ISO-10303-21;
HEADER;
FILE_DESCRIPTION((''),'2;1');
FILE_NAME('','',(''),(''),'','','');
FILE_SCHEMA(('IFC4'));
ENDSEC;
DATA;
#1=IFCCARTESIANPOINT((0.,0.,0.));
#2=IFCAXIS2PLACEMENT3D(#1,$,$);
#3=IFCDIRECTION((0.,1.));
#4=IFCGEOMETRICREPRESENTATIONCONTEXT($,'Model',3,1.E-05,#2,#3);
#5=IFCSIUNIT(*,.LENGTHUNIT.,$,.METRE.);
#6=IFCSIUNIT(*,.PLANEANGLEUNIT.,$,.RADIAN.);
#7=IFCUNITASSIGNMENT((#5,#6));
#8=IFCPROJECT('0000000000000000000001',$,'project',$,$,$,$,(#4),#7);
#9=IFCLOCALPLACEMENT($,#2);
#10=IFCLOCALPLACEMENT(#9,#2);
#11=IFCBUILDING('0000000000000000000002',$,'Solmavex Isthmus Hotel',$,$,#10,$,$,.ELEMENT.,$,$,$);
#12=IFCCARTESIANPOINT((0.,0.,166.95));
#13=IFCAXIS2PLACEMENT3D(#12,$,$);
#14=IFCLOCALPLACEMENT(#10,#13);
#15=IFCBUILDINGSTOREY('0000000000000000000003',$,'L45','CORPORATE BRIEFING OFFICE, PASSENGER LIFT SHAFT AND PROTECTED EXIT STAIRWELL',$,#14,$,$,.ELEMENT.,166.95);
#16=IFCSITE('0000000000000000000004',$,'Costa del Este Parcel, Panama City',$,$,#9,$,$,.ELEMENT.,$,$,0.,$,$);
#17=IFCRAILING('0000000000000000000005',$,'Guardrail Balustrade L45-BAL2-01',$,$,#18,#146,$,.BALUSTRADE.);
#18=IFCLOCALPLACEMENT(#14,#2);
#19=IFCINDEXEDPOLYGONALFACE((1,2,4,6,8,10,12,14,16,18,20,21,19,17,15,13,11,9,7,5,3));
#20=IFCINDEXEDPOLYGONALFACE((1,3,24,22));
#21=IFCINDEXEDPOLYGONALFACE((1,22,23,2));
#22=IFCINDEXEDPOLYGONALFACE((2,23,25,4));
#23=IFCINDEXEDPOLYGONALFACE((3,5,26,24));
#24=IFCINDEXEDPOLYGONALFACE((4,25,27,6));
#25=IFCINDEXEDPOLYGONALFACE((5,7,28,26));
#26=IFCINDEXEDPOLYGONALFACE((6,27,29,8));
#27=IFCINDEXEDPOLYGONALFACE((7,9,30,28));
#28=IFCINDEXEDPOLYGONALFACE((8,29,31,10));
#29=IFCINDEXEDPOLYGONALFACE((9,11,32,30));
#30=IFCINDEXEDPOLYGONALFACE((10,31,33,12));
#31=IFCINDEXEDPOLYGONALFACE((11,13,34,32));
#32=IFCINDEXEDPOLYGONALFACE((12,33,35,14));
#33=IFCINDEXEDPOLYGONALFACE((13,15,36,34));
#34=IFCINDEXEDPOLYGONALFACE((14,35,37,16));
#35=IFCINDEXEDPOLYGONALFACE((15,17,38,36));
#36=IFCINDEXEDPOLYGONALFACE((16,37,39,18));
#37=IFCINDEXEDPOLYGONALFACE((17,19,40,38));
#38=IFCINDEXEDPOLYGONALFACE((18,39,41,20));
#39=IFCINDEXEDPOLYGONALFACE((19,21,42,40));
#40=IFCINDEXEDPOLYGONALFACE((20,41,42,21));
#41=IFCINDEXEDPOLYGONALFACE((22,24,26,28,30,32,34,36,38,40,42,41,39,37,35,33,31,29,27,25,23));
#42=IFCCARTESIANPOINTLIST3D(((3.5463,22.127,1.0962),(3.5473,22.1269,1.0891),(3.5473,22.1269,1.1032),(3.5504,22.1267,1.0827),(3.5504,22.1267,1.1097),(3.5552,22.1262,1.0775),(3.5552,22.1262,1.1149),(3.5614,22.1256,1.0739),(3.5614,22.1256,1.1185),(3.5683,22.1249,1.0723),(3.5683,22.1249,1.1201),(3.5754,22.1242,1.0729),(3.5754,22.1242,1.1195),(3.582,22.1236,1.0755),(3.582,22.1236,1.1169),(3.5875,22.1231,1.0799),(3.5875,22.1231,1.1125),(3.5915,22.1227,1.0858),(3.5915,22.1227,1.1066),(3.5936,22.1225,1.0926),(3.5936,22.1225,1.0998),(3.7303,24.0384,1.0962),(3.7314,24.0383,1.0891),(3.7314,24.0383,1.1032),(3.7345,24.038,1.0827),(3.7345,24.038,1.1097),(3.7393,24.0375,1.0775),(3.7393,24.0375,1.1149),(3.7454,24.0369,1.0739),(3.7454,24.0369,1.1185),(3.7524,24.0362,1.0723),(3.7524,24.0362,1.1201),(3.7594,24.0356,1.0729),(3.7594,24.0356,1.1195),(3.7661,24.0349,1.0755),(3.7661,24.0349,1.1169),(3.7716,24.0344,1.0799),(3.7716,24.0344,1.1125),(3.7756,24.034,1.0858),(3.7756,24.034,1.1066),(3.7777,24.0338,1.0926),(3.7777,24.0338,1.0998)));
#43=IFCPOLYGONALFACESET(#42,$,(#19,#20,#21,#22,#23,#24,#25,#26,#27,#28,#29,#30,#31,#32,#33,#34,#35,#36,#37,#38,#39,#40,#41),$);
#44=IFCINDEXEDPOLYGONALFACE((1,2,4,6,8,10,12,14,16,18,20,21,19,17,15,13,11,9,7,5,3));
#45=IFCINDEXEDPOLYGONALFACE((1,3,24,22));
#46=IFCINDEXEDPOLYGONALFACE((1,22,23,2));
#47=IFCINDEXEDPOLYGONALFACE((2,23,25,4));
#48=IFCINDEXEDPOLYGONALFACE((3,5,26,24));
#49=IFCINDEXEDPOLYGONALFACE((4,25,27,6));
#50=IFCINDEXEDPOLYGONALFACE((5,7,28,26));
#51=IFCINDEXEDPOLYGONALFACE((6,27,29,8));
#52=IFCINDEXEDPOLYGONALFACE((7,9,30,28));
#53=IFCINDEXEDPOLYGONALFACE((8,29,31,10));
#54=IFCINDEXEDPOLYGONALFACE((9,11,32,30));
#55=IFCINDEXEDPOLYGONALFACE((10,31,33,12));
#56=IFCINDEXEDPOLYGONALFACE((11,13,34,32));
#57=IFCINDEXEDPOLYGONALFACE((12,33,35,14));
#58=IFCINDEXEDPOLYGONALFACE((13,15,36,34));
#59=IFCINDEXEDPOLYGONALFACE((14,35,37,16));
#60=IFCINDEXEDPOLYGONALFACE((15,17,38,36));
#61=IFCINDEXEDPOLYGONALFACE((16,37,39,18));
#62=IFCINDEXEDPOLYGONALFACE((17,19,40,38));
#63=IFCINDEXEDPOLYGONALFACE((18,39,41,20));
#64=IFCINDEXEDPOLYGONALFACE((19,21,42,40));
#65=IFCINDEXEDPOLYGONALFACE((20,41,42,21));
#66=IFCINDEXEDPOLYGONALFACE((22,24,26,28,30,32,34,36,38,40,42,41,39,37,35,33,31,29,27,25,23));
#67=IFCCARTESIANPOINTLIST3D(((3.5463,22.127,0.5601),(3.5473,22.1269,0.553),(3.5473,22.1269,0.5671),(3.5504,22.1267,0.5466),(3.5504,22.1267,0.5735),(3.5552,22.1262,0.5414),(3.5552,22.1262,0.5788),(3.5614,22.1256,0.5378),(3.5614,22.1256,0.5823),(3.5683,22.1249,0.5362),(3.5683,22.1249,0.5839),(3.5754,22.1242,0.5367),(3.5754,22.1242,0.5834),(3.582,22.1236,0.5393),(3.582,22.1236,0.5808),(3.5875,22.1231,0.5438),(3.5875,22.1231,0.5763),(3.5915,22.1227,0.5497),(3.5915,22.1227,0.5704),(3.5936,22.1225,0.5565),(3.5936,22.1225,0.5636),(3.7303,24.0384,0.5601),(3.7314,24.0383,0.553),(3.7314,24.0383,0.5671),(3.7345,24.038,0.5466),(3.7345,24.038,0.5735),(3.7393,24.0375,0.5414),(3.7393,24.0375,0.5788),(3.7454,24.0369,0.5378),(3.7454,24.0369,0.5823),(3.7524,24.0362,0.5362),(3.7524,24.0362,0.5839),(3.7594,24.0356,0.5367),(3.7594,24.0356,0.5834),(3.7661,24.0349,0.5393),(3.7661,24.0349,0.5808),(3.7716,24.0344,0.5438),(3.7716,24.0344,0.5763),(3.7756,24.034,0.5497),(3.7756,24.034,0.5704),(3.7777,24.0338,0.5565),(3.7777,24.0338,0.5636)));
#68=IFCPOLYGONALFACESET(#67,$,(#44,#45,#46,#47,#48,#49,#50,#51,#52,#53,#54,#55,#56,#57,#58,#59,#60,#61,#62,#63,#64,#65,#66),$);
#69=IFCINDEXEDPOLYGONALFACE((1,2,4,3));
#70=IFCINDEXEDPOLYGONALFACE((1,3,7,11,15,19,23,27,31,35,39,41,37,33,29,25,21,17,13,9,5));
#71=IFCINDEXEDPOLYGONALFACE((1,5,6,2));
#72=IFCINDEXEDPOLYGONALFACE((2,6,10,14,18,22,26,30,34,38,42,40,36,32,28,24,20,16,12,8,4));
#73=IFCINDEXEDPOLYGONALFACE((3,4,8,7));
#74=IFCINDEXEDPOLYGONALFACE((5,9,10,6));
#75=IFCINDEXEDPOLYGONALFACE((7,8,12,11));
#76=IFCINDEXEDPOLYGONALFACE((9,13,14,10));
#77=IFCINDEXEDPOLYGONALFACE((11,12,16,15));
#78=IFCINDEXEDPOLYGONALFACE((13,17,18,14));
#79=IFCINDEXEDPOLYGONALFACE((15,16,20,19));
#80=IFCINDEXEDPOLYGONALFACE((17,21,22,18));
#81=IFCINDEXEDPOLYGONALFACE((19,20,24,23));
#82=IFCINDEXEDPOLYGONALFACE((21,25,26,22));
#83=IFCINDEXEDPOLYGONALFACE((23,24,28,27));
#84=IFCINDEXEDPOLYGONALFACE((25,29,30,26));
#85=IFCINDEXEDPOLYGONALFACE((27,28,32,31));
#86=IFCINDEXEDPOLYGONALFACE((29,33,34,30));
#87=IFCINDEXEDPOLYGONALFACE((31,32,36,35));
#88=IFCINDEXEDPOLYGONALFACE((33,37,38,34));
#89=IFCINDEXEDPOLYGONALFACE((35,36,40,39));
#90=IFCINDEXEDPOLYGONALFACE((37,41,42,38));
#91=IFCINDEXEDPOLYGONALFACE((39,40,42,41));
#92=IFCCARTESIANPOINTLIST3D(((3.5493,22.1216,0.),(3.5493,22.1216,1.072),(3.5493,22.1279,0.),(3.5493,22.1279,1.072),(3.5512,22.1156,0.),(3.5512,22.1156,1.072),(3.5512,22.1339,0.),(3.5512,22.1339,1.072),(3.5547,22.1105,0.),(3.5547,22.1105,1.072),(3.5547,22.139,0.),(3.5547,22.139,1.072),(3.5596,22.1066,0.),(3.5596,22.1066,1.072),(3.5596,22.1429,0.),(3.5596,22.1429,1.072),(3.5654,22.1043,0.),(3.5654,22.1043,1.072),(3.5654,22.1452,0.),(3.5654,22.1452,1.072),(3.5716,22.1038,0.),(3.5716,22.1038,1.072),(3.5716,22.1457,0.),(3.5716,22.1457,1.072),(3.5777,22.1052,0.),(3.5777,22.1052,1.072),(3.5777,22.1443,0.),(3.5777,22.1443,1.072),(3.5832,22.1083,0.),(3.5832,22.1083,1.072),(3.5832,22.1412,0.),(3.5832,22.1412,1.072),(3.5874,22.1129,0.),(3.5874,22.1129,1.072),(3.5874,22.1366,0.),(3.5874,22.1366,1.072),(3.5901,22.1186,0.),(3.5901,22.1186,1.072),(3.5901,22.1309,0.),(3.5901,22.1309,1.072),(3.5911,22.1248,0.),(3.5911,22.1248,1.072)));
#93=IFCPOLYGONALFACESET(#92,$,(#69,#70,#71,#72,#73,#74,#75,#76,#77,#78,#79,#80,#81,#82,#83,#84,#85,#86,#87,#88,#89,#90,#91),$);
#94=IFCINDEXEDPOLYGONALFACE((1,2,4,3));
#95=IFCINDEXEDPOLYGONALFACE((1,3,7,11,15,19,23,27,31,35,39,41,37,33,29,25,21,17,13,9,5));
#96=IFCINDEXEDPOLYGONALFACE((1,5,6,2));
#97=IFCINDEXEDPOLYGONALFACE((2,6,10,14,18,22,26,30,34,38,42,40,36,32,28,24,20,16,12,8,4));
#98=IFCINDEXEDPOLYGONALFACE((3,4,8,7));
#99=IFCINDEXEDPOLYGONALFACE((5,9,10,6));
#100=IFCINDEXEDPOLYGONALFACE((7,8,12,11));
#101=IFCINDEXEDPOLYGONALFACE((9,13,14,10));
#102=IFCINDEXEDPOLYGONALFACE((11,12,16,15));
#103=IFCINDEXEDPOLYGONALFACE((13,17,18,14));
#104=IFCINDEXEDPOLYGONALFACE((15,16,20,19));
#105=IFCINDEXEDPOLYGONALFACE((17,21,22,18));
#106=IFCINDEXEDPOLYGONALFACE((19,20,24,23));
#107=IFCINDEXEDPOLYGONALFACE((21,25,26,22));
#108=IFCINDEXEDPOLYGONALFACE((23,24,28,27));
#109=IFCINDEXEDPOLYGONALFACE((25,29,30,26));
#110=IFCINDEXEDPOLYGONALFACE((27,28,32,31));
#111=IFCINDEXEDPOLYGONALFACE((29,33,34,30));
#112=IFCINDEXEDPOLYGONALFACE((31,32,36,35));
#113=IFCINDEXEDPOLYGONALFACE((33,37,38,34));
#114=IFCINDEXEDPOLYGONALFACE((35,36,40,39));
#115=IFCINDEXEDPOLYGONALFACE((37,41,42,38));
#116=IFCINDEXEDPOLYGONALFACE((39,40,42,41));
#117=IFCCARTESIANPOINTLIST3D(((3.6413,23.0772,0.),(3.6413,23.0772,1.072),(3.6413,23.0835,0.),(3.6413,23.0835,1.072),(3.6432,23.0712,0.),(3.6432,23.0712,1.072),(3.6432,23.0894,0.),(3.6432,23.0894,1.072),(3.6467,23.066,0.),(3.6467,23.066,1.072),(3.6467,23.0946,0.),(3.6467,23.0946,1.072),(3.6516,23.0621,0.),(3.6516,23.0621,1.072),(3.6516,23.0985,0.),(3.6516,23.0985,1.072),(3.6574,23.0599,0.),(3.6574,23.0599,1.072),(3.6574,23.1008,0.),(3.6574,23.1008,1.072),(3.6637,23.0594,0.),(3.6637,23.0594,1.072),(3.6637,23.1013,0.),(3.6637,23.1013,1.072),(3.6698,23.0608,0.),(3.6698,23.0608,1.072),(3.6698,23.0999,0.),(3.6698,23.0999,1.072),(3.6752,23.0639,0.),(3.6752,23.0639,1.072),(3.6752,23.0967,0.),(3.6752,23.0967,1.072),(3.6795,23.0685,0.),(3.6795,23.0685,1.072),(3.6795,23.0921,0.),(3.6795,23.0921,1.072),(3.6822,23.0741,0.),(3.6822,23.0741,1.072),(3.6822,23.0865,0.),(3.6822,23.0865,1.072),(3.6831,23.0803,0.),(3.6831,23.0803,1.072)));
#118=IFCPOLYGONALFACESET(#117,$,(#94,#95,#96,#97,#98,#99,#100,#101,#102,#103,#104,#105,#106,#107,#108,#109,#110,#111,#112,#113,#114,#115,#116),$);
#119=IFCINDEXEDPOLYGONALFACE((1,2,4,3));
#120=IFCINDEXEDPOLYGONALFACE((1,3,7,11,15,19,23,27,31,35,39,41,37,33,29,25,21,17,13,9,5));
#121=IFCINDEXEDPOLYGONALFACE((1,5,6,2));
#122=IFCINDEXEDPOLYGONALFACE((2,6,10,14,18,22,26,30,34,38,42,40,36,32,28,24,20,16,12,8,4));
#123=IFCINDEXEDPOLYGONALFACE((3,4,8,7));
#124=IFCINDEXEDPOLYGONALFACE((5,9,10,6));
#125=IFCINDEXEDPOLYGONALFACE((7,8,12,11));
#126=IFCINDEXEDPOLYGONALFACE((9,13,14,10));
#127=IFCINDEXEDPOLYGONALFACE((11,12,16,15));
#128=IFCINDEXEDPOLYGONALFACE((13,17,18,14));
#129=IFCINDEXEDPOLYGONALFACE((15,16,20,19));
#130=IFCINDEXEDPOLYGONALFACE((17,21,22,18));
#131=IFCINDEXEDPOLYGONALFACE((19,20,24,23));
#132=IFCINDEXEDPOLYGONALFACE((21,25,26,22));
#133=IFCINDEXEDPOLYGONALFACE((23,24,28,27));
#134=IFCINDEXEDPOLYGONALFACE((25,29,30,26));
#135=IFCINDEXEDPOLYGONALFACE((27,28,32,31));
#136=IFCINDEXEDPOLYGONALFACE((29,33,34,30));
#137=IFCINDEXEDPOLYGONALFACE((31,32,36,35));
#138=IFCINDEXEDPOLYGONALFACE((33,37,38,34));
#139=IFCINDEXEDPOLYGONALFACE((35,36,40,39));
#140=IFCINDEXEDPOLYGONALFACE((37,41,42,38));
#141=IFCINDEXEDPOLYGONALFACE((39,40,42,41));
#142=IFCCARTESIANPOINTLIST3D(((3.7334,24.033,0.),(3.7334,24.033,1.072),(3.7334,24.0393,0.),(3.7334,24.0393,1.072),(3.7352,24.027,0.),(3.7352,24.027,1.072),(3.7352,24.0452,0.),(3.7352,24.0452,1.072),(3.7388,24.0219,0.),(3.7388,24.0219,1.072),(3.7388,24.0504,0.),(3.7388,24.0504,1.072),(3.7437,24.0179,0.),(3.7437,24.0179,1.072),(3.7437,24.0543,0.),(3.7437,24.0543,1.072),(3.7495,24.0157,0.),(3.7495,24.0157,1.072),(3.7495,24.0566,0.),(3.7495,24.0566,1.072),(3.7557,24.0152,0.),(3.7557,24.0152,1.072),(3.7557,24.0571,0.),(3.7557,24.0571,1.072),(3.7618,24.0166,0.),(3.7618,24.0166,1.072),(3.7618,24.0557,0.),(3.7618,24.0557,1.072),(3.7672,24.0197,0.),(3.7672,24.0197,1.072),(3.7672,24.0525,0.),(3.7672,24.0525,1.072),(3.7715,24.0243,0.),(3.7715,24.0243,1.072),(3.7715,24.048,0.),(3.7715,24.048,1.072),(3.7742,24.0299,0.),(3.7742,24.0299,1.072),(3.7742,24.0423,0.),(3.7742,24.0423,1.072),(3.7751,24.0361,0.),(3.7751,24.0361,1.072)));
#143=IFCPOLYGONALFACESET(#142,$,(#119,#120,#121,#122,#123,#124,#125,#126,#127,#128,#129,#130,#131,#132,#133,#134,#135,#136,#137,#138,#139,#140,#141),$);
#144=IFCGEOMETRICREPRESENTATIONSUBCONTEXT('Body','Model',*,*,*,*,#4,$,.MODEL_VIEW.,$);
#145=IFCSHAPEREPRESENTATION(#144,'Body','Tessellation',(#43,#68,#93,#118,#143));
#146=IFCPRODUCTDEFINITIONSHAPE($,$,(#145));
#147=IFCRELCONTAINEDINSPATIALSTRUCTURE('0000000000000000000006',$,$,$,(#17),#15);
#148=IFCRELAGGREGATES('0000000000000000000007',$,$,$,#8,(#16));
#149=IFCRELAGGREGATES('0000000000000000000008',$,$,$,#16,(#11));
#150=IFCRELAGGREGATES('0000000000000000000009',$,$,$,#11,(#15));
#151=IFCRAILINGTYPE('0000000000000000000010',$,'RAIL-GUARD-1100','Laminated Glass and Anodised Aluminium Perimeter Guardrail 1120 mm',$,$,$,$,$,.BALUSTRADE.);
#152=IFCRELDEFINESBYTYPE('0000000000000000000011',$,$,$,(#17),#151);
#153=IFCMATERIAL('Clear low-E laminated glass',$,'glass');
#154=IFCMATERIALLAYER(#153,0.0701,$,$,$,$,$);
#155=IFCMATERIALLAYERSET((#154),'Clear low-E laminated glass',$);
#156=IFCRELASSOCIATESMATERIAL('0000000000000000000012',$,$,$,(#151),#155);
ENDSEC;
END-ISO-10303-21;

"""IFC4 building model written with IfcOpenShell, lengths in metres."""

from ifc_helpers import new_model, si_unit, direction, frame, origin, origin_2d, place, context, subcontext, project, spatial, circle, extrude, material, layer, layer_set, type_object, element, save


model = new_model("IFC4")

# Units and contexts
model_context = context("Model", 3, precision=1e-05, world=origin(), true_north=direction((0.0, 1.0)))
body_context = subcontext(model_context, "Body", "Model", "MODEL_VIEW")
ifc_project = project(units=[si_unit("LENGTHUNIT", "METRE"), si_unit("PLANEANGLEUNIT", "RADIAN")], contexts=[model_context])

# Site, building, storey
site_placement = place(None, origin())
site = spatial("IfcSite", under=ifc_project, at=site_placement, Name="Costa del Este Parcel, Panama City", CompositionType="ELEMENT", RefElevation=0.0)
building_placement = place(site_placement, origin())
building = spatial("IfcBuilding", under=site, at=building_placement, Name="Solmavex Isthmus Hotel", CompositionType="ELEMENT")
storey_placement = place(building_placement, frame((0.0, 0.0, 166.95)))
storey = spatial("IfcBuildingStorey", under=building, at=storey_placement, Name="L45", Description="CORPORATE BRIEFING OFFICE, PASSENGER LIFT SHAFT AND PROTECTED EXIT STAIRWELL", CompositionType="ELEMENT", Elevation=166.95)

# Shared definitions
ifc_material_1 = material(Name="Clear low-E laminated glass", Category="glass")

# Railing
ifc_layer_1 = layer(ifc_material_1, 0.0701)
ifc_layer_set_1 = layer_set([ifc_layer_1], Name="Clear low-E laminated glass")
railing_type = type_object("IfcRailingType", Name="RAIL-GUARD-1100", Description="Laminated Glass and Anodised Aluminium Perimeter Guardrail 1120 mm", PredefinedType="BALUSTRADE", material=ifc_layer_set_1)
railing_1_placement = place(storey_placement, frame((3.5701, 22.1248, 0.0)))
element("IfcRailing", 1, at=railing_1_placement, inside=storey, type_object=railing_type, Name="Guardrail Balustrade L45-BAL2-01", PredefinedType="BALUSTRADE", context=body_context, shape_type="SweptSolid", body=[
    extrude(circle(Radius=0.0239, at=origin_2d()), frame((0.0, 0.0, 1.0962), z_axis=(0.095865, 0.995394, 0.0), x_axis=(-0.995394, 0.095865, 0.0)), (0.0, 0.0, 1.0), 1.9202),
    extrude(circle(Radius=0.0239, at=origin_2d()), frame((0.0, 0.0, 0.5601), z_axis=(0.095865, 0.995394, 0.0), x_axis=(-0.995394, 0.095865, 0.0)), (0.0, 0.0, 1.0), 1.9202),
    extrude(circle(Radius=0.021, at=origin_2d()), origin(), (0.0, 0.0, 1.0), 1.072),
    extrude(circle(Radius=0.021, at=origin_2d()), frame((0.092, 0.9556, 0.0)), (0.0, 0.0, 1.0), 1.072),
    extrude(circle(Radius=0.021, at=origin_2d()), frame((0.1841, 1.9114, 0.0)), (0.0, 0.0, 1.0), 1.072),
])

save(model, "model.ifc")
